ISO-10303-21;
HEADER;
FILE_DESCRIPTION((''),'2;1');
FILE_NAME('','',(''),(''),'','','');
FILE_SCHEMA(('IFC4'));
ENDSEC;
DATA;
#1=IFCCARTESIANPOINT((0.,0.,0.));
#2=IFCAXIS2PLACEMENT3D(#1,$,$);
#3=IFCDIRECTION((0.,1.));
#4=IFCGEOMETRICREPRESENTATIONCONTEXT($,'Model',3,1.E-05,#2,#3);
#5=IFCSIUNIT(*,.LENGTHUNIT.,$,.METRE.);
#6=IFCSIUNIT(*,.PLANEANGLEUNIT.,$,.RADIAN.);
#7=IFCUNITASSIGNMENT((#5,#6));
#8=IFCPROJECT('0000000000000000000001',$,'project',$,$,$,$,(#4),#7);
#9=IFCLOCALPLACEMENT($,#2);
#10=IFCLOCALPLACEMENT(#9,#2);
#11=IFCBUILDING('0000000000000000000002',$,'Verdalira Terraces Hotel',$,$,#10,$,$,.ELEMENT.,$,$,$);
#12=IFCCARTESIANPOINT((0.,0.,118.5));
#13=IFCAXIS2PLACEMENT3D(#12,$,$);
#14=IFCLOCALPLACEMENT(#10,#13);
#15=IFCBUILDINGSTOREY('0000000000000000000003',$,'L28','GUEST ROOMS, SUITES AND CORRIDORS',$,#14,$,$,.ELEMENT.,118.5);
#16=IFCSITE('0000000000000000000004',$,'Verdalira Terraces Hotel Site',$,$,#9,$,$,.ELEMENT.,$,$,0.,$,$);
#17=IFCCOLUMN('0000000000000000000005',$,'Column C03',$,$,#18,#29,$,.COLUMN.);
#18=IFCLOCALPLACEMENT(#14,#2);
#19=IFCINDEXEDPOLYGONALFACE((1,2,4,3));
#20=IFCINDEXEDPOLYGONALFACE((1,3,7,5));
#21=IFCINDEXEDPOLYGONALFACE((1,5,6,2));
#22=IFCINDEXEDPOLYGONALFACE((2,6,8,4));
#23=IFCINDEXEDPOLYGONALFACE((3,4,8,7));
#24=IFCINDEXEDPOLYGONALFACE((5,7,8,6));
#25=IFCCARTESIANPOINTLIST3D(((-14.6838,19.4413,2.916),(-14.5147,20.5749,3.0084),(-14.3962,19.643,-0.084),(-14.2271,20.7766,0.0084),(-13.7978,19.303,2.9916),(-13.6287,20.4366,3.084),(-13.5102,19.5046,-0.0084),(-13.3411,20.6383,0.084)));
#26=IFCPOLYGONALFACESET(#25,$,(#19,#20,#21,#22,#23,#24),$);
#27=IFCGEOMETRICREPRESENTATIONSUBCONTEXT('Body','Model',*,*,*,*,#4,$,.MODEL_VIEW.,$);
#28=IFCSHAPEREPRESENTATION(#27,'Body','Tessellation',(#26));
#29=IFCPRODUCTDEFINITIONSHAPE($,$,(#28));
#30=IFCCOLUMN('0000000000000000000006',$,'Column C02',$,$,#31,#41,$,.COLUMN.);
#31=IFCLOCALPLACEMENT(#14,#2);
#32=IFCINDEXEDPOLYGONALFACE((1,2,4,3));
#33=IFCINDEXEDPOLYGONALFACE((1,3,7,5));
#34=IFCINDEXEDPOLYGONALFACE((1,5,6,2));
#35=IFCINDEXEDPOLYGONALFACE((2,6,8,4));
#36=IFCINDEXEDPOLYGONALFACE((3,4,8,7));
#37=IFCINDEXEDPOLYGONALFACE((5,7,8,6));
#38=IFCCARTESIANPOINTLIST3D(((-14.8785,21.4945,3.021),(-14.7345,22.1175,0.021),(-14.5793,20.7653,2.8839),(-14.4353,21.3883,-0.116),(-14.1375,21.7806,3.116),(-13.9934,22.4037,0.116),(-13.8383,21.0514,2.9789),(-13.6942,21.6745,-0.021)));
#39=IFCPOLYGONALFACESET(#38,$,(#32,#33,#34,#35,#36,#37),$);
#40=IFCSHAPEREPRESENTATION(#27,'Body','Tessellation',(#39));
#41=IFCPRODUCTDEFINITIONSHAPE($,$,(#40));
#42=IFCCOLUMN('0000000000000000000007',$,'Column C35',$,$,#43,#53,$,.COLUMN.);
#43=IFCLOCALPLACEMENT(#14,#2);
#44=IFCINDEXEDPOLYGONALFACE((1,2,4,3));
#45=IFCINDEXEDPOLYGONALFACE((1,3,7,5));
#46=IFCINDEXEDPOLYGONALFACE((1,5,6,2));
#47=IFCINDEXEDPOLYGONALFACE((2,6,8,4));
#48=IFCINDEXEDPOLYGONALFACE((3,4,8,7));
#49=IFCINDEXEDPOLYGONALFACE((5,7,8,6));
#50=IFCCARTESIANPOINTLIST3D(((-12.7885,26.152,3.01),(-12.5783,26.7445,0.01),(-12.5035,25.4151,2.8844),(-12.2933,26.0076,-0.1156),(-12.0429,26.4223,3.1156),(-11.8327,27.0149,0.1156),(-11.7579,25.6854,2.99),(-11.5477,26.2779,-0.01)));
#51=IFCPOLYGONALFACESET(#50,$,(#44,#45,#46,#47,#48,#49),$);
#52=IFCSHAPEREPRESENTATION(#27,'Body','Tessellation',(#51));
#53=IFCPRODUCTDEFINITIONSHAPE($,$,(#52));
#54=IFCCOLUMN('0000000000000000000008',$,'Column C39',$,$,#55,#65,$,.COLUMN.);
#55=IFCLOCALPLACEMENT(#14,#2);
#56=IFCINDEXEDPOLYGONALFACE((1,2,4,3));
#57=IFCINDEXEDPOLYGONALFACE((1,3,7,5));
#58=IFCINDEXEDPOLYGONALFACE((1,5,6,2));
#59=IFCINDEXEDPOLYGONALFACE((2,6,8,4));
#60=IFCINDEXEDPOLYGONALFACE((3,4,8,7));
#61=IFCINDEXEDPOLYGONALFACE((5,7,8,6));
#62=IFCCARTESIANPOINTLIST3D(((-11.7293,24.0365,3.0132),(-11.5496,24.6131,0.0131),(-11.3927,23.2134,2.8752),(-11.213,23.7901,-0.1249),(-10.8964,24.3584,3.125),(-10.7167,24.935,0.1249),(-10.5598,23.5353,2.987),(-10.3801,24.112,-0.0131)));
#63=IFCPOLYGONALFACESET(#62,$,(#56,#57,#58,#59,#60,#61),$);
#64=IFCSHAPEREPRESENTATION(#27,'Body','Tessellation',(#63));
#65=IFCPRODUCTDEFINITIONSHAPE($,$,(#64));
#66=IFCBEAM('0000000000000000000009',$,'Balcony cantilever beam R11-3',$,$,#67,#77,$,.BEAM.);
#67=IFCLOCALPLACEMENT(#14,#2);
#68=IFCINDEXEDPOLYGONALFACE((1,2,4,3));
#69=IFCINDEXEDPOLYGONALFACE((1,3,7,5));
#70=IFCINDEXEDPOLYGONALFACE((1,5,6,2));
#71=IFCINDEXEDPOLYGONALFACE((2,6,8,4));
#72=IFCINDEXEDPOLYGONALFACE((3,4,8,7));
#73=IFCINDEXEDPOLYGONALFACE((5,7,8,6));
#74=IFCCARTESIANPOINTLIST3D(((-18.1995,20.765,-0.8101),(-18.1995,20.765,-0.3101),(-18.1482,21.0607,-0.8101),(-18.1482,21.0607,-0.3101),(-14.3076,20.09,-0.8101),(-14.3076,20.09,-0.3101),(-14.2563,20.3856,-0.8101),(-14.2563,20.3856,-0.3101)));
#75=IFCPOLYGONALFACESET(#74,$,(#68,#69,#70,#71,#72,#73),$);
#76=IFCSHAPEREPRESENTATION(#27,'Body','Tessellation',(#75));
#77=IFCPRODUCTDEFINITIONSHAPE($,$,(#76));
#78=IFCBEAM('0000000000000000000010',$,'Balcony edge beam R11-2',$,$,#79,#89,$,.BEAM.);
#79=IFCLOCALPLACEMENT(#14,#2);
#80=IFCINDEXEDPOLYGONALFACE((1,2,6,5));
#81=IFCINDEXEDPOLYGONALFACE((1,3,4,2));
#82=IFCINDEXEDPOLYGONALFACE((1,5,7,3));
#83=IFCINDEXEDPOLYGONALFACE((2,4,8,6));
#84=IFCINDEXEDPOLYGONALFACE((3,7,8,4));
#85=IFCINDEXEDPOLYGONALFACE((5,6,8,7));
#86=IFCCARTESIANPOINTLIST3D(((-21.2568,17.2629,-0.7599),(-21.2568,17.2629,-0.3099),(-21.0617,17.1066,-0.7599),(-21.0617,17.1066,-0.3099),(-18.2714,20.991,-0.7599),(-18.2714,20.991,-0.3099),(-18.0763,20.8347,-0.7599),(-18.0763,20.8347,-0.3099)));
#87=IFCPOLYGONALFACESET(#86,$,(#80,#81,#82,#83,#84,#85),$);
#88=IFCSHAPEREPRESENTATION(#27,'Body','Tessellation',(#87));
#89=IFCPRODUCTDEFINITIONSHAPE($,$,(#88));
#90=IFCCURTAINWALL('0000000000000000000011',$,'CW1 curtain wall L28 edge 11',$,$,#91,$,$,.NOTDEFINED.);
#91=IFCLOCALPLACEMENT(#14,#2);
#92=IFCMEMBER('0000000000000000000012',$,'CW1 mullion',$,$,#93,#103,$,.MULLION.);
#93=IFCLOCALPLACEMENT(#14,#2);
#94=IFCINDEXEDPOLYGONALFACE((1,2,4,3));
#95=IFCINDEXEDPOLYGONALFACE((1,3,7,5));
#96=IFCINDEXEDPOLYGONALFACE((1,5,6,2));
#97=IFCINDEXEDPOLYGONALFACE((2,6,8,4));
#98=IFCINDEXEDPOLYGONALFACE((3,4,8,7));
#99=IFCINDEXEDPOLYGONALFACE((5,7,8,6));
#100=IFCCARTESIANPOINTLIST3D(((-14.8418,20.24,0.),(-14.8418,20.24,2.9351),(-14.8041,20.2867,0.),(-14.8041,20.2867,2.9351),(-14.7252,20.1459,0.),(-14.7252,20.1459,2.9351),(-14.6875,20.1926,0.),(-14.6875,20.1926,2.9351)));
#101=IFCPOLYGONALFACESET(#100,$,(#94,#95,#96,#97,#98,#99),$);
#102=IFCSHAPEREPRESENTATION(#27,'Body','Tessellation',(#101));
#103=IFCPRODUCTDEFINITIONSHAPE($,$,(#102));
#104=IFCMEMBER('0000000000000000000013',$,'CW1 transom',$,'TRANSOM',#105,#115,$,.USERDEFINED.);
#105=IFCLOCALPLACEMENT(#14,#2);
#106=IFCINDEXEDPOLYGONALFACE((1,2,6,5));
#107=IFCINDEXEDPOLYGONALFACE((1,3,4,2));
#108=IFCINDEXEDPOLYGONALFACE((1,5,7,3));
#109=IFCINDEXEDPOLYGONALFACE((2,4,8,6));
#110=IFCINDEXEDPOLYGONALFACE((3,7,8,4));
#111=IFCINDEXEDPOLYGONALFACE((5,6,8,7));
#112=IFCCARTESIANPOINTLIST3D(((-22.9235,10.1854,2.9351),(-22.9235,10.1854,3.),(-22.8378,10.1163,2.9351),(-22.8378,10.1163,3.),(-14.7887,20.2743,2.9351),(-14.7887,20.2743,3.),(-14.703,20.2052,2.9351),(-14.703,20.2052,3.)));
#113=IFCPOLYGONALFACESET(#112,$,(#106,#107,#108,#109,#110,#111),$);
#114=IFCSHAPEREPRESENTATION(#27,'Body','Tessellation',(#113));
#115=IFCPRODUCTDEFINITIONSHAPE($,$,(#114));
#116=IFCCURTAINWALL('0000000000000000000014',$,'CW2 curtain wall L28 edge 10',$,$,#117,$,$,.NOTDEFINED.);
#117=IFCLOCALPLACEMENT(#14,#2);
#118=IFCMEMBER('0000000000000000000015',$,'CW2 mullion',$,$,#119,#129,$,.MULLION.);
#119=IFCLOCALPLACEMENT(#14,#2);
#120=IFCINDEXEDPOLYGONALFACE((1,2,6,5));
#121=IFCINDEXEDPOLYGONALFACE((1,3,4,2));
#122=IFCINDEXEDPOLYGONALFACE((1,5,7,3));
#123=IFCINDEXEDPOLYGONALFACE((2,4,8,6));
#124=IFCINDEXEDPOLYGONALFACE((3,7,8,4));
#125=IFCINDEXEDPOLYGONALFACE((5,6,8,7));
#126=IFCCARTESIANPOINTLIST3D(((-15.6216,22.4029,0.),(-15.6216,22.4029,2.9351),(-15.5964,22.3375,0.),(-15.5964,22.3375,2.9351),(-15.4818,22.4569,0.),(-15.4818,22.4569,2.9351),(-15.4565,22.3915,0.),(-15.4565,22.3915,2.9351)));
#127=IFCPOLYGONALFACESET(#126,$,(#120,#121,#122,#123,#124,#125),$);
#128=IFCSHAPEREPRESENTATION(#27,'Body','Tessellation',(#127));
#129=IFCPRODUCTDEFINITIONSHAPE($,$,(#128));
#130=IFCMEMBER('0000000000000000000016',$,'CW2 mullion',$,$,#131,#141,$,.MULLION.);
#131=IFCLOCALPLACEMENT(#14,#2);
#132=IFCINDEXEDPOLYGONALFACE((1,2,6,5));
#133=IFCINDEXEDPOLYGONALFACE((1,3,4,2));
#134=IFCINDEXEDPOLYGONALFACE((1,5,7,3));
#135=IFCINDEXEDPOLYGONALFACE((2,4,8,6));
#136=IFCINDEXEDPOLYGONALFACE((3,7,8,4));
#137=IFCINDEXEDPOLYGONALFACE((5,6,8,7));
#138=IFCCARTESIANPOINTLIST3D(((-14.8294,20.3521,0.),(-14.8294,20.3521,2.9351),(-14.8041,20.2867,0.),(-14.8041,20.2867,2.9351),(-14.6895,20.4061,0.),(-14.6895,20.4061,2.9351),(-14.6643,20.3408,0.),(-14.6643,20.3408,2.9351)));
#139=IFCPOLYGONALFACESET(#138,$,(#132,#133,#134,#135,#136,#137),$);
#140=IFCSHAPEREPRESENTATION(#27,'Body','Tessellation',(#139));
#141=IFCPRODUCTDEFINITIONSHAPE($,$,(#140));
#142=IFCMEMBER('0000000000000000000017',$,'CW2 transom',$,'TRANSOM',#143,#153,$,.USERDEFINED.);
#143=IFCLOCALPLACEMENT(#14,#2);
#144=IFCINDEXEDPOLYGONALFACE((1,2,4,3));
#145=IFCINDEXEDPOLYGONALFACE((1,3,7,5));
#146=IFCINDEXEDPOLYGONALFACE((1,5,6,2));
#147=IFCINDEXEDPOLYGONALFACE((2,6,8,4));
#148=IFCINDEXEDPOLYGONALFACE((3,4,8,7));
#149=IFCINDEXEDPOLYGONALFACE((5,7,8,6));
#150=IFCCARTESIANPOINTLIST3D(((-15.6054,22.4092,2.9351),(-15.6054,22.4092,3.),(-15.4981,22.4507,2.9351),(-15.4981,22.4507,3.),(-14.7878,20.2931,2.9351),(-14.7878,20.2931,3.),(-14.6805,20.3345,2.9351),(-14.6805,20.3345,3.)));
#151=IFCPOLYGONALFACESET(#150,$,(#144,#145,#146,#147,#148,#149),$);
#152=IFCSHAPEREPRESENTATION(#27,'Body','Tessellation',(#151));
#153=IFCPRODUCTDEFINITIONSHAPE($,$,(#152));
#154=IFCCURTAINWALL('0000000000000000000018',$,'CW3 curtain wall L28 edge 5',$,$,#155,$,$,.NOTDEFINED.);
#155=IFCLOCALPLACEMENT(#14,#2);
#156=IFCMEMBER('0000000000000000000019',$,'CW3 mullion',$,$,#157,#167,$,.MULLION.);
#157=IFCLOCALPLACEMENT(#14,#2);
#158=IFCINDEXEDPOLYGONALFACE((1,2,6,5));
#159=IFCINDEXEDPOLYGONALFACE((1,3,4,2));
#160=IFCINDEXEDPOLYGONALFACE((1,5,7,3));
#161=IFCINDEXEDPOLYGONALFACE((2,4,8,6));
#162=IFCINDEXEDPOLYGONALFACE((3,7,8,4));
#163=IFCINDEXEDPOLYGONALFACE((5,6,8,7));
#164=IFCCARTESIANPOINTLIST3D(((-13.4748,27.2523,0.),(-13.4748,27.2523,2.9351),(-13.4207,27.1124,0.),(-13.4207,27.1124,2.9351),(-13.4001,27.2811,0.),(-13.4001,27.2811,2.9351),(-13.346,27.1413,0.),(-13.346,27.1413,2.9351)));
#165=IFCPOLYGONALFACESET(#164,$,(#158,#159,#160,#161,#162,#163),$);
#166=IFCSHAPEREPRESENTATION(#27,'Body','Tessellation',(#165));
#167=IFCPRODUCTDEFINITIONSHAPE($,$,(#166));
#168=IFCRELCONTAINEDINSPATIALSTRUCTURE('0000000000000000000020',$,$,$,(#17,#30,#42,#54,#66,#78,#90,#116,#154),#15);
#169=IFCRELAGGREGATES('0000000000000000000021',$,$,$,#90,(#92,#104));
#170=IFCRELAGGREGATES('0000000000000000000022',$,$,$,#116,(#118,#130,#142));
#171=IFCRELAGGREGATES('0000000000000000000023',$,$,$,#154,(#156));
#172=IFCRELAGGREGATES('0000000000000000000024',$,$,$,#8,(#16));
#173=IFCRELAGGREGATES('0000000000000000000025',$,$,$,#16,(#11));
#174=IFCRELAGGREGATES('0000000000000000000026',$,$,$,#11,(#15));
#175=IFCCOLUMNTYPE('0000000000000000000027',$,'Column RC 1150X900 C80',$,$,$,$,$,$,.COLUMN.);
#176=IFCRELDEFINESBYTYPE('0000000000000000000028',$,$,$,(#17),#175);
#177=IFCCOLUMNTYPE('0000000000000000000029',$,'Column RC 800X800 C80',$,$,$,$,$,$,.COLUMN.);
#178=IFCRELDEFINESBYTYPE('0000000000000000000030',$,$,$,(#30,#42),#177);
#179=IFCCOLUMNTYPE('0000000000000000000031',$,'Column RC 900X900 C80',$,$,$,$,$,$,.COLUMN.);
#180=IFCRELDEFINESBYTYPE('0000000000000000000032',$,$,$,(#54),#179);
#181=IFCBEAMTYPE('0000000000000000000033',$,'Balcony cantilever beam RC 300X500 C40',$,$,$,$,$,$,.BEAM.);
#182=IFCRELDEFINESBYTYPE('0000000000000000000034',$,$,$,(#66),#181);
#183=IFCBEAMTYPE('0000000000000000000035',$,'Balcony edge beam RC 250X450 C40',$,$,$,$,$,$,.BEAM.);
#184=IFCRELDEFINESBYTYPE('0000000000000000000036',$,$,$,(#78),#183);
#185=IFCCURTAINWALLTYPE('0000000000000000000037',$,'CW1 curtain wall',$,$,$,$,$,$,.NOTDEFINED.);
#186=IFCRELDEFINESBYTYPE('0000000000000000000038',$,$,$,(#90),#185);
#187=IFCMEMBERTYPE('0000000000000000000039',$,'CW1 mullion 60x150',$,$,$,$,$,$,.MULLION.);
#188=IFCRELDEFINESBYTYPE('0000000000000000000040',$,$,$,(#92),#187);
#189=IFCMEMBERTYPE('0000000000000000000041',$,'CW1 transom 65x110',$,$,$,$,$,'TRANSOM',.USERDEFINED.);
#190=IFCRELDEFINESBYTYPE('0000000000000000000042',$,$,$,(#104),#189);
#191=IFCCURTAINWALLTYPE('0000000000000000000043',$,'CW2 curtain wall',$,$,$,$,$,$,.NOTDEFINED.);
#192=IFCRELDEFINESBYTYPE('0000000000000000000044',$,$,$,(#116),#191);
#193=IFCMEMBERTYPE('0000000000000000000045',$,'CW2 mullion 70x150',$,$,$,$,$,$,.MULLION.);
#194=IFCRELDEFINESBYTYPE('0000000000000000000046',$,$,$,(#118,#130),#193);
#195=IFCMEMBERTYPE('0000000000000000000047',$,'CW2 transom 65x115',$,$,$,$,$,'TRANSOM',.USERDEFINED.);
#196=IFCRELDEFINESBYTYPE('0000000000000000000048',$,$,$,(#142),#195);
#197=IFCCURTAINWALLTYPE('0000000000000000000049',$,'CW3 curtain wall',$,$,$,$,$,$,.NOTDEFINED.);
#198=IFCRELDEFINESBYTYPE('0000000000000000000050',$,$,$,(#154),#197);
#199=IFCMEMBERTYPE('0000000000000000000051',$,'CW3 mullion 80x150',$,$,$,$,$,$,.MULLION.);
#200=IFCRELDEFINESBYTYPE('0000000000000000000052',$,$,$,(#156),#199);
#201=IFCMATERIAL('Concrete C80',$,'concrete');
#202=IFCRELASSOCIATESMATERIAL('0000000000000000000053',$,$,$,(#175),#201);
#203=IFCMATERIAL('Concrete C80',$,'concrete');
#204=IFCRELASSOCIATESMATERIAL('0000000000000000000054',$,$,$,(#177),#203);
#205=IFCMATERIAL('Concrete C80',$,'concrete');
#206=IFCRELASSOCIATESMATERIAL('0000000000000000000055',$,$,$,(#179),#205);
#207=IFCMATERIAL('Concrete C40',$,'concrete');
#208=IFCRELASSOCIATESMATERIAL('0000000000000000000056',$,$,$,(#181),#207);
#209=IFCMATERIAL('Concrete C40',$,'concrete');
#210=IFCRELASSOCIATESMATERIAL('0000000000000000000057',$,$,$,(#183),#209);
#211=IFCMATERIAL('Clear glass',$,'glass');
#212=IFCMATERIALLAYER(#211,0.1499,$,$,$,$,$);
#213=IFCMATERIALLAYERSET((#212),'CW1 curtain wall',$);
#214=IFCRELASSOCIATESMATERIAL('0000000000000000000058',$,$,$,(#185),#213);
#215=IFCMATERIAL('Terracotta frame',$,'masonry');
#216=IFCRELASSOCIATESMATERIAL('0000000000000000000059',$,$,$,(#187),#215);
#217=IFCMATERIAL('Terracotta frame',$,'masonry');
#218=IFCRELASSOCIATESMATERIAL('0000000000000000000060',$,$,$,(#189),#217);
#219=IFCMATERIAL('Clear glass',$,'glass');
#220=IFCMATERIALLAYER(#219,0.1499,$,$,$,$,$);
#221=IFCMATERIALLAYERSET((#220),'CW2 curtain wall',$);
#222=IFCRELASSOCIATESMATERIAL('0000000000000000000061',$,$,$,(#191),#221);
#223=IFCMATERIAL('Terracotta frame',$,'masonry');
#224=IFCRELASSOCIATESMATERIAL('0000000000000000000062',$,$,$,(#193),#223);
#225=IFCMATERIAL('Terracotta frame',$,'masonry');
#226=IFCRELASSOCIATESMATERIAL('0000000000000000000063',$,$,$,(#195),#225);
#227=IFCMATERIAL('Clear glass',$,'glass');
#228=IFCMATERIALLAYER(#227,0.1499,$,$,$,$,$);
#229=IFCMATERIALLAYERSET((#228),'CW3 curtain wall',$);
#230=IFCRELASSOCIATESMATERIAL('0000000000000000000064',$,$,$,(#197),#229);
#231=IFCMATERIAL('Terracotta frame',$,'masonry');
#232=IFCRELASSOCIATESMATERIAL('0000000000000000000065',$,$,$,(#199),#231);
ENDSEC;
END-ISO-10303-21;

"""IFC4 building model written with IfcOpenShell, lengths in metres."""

from ifc_helpers import new_model, si_unit, direction, frame, origin, origin_2d, place, context, subcontext, project, spatial, rectangle, extrude, material, layer, layer_set, material_profile, profile_set, type_object, element, aggregate, save


model = new_model("IFC4")

# Units and contexts
model_context = context("Model", 3, precision=1e-05, world=origin(), true_north=direction((0.0, 1.0)))
body_context = subcontext(model_context, "Body", "Model", "MODEL_VIEW")
ifc_project = project(units=[si_unit("LENGTHUNIT", "METRE"), si_unit("PLANEANGLEUNIT", "RADIAN")], contexts=[model_context])

# Site, building, storey
site_placement = place(None, origin())
site = spatial("IfcSite", under=ifc_project, at=site_placement, Name="Verdalira Terraces Hotel Site", CompositionType="ELEMENT", RefElevation=0.0)
building_placement = place(site_placement, origin())
building = spatial("IfcBuilding", under=site, at=building_placement, Name="Verdalira Terraces Hotel", CompositionType="ELEMENT")
storey_placement = place(building_placement, frame((0.0, 0.0, 118.5)))
storey = spatial("IfcBuildingStorey", under=building, at=storey_placement, Name="L28", Description="GUEST ROOMS, SUITES AND CORRIDORS", CompositionType="ELEMENT", Elevation=118.5)

# Columns
ifc_material_1 = material(Name="Concrete C80", Category="concrete")
ifc_material_profile_1 = material_profile(ifc_material_1, rectangle(XDim=1.1499, YDim=0.8999, at=origin_2d()), Name="RC 1150X900")
ifc_profile_set_1 = profile_set([ifc_material_profile_1], Name="Concrete C80")
column_type_1 = type_object("IfcColumnType", Name="Column RC 1150X900 C80", PredefinedType="COLUMN", material=ifc_profile_set_1)
column_1_placement = place(storey_placement, frame((-13.8687, 20.1406, 0.0), z_axis=(-0.095215, -0.066764, 0.993215), x_axis=(0.147053, 0.985858, 0.080367)))
element("IfcColumn", 1, at=column_1_placement, inside=storey, type_object=column_type_1, Name="Column C03", PredefinedType="COLUMN", context=body_context, shape_type="SweptSolid", body=[
    extrude(rectangle(XDim=1.1499, YDim=0.8999, at=origin_2d()), origin(), (0.0, 0.0, 1.0), 3.0205),
])
ifc_material_2 = material(Name="Concrete C80", Category="concrete")
ifc_material_profile_2 = material_profile(ifc_material_2, rectangle(XDim=0.8, YDim=0.8, at=origin_2d()), Name="RC 800X800")
ifc_profile_set_2 = profile_set([ifc_material_profile_2], Name="Concrete C80")
column_type_2 = type_object("IfcColumnType", Name="Column RC 800X800 C80", PredefinedType="COLUMN", material=ifc_profile_set_2)
column_2_placement = place(storey_placement, frame((-14.2144, 21.896, 0.0), z_axis=(-0.046959, -0.203119, 0.978027), x_axis=(0.373935, -0.91149, -0.171346)))
element("IfcColumn", 2, at=column_2_placement, inside=storey, type_object=column_type_2, Name="Column C02", PredefinedType="COLUMN", context=body_context, shape_type="SweptSolid", body=[
    extrude(rectangle(XDim=0.8, YDim=0.8, at=origin_2d()), origin(), (0.0, 0.0, 1.0), 3.0674),
])
column_3_placement = place(storey_placement, frame((-12.063, 26.5112, 0.0), z_axis=(-0.068579, -0.19331, 0.978738), x_axis=(-0.931881, -0.337884, -0.132031)))
element("IfcColumn", 3, at=column_3_placement, inside=storey, type_object=column_type_2, Name="Column C35", PredefinedType="COLUMN", context=body_context, shape_type="SweptSolid", body=[
    extrude(rectangle(XDim=0.8, YDim=0.8, at=origin_2d()), origin(), (0.0, 0.0, 1.0), 3.0652),
])
ifc_material_3 = material(Name="Concrete C80", Category="concrete")
ifc_material_profile_3 = material_profile(ifc_material_3, rectangle(XDim=0.8999, YDim=0.8999, at=origin_2d()), Name="RC 900X900")
ifc_profile_set_3 = profile_set([ifc_material_profile_3], Name="Concrete C80")
column_type_3 = type_object("IfcColumnType", Name="Column RC 900X900 C80", PredefinedType="COLUMN", material=ifc_profile_set_3)
column_4_placement = place(storey_placement, frame((-10.9648, 24.3625, 0.0), z_axis=(-0.058718, -0.188439, 0.980328), x_axis=(-0.374056, 0.91463, 0.153406)))
element("IfcColumn", 4, at=column_4_placement, inside=storey, type_object=column_type_3, Name="Column C39", PredefinedType="COLUMN", context=body_context, shape_type="SweptSolid", body=[
    extrude(rectangle(XDim=0.8999, YDim=0.8999, at=origin_2d()), origin(), (0.0, 0.0, 1.0), 3.0603),
])

# Beams
ifc_material_4 = material(Name="Concrete C40", Category="concrete")
ifc_material_profile_4 = material_profile(ifc_material_4, rectangle(XDim=0.3, YDim=0.5, at=origin_2d()), Name="RC 300X500")
ifc_profile_set_4 = profile_set([ifc_material_profile_4], Name="Concrete C40")
beam_type_1 = type_object("IfcBeamType", Name="Balcony cantilever beam RC 300X500 C40", PredefinedType="BEAM", material=ifc_profile_set_4)
beam_1_placement = place(storey_placement, frame((-14.282, 20.2378, -0.5601), z_axis=(-0.985288, 0.1709, 0.0), x_axis=(-0.1709, -0.985288, 0.0)))
element("IfcBeam", 5, at=beam_1_placement, inside=storey, type_object=beam_type_1, Name="Balcony cantilever beam R11-3", PredefinedType="BEAM", context=body_context, shape_type="SweptSolid", body=[
    extrude(rectangle(XDim=0.3, YDim=0.5, at=origin_2d()), origin(), (0.0, 0.0, 1.0), 3.95),
])
ifc_material_5 = material(Name="Concrete C40", Category="concrete")
ifc_material_profile_5 = material_profile(ifc_material_5, rectangle(XDim=0.25, YDim=0.45, at=origin_2d()), Name="RC 250X450")
ifc_profile_set_5 = profile_set([ifc_material_profile_5], Name="Concrete C40")
beam_type_2 = type_object("IfcBeamType", Name="Balcony edge beam RC 250X450 C40", PredefinedType="BEAM", material=ifc_profile_set_5)
beam_2_placement = place(storey_placement, frame((-18.1738, 20.9128, -0.5349), z_axis=(-0.625069, -0.780569, 0.0), x_axis=(0.780569, -0.625069, 0.0)))
element("IfcBeam", 6, at=beam_2_placement, inside=storey, type_object=beam_type_2, Name="Balcony edge beam R11-2", PredefinedType="BEAM", context=body_context, shape_type="SweptSolid", body=[
    extrude(rectangle(XDim=0.25, YDim=0.45, at=origin_2d()), origin(), (0.0, 0.0, 1.0), 4.7761),
])

# Curtain walls, members
ifc_material_6 = material(Name="Clear glass", Category="glass")
ifc_layer_1 = layer(ifc_material_6, 0.1499)
ifc_layer_set_1 = layer_set([ifc_layer_1], Name="CW1 curtain wall")
curtain_wall_type_1 = type_object("IfcCurtainWallType", Name="CW1 curtain wall", PredefinedType="NOTDEFINED", material=ifc_layer_set_1)
curtain_wall_1_placement = place(storey_placement, origin())
curtain_wall_1 = element("IfcCurtainWall", 7, at=curtain_wall_1_placement, inside=storey, type_object=curtain_wall_type_1, Name="CW1 curtain wall L28 edge 11", PredefinedType="NOTDEFINED")
ifc_material_7 = material(Name="Terracotta frame", Category="masonry")
ifc_material_profile_6 = material_profile(ifc_material_7, rectangle(XDim=0.0601, YDim=0.1499, at=origin_2d()), Name="MU 60x150")
ifc_profile_set_6 = profile_set([ifc_material_profile_6], Name="Terracotta frame")
member_type_1 = type_object("IfcMemberType", Name="CW1 mullion 60x150", PredefinedType="MULLION", material=ifc_profile_set_6)
member_1_placement = place(storey_placement, frame((-14.7646, 20.2163, 0.0), z_axis=(0.0, 0.0, 1.0), x_axis=(-0.627691, -0.778462, 0.0)))
member_1 = element("IfcMember", 8, at=member_1_placement, type_object=member_type_1, Name="CW1 mullion", PredefinedType="MULLION", context=body_context, shape_type="SweptSolid", body=[
    extrude(rectangle(XDim=0.0601, YDim=0.1499, at=origin_2d()), origin(), (0.0, 0.0, 1.0), 2.9351),
])
ifc_material_8 = material(Name="Terracotta frame", Category="masonry")
ifc_material_profile_7 = material_profile(ifc_material_8, rectangle(XDim=0.1101, YDim=0.0649, at=origin_2d()), Name="TR 65x110")
ifc_profile_set_7 = profile_set([ifc_material_profile_7], Name="Terracotta frame")
member_type_2 = type_object("IfcMemberType", Name="CW1 transom 65x110", ElementType="TRANSOM", PredefinedType="USERDEFINED", material=ifc_profile_set_7)
member_2_placement = place(storey_placement, frame((-14.7459, 20.2397, 2.9675), z_axis=(-0.627686, -0.778466, 0.0), x_axis=(0.778466, -0.627686, 0.0)))
member_2 = element("IfcMember", 9, at=member_2_placement, type_object=member_type_2, Name="CW1 transom", ObjectType="TRANSOM", PredefinedType="USERDEFINED", context=body_context, shape_type="SweptSolid", body=[
    extrude(rectangle(XDim=0.1101, YDim=0.0649, at=origin_2d()), origin(), (0.0, 0.0, 1.0), 12.96),
])
aggregate(curtain_wall_1, [member_1, member_2])
ifc_material_9 = material(Name="Clear glass", Category="glass")
ifc_layer_2 = layer(ifc_material_9, 0.1499)
ifc_layer_set_2 = layer_set([ifc_layer_2], Name="CW2 curtain wall")
curtain_wall_type_2 = type_object("IfcCurtainWallType", Name="CW2 curtain wall", PredefinedType="NOTDEFINED", material=ifc_layer_set_2)
curtain_wall_2_placement = place(storey_placement, origin())
curtain_wall_2 = element("IfcCurtainWall", 10, at=curtain_wall_2_placement, inside=storey, type_object=curtain_wall_type_2, Name="CW2 curtain wall L28 edge 10", PredefinedType="NOTDEFINED")
ifc_material_10 = material(Name="Terracotta frame", Category="masonry")
ifc_material_profile_8 = material_profile(ifc_material_10, rectangle(XDim=0.0701, YDim=0.1499, at=origin_2d()), Name="MU 70x150")
ifc_profile_set_8 = profile_set([ifc_material_profile_8], Name="Terracotta frame")
member_type_3 = type_object("IfcMemberType", Name="CW2 mullion 70x150", PredefinedType="MULLION", material=ifc_profile_set_8)
member_3_placement = place(storey_placement, frame((-15.5391, 22.3972, 0.0), z_axis=(0.0, 0.0, 1.0), x_axis=(0.360322, -0.932828, 0.0)))
member_3 = element("IfcMember", 11, at=member_3_placement, type_object=member_type_3, Name="CW2 mullion", PredefinedType="MULLION", context=body_context, shape_type="SweptSolid", body=[
    extrude(rectangle(XDim=0.0701, YDim=0.1499, at=origin_2d()), origin(), (0.0, 0.0, 1.0), 2.9351),
])
member_4_placement = place(storey_placement, frame((-14.7468, 20.3464, 0.0), z_axis=(0.0, 0.0, 1.0), x_axis=(0.360322, -0.932828, 0.0)))
member_4 = element("IfcMember", 12, at=member_4_placement, type_object=member_type_3, Name="CW2 mullion", PredefinedType="MULLION", context=body_context, shape_type="SweptSolid", body=[
    extrude(rectangle(XDim=0.0701, YDim=0.1499, at=origin_2d()), origin(), (0.0, 0.0, 1.0), 2.9351),
])
ifc_material_11 = material(Name="Terracotta frame", Category="masonry")
ifc_material_profile_9 = material_profile(ifc_material_11, rectangle(XDim=0.115, YDim=0.0649, at=origin_2d()), Name="TR 65x115")
ifc_profile_set_9 = profile_set([ifc_material_profile_9], Name="Terracotta frame")
member_type_4 = type_object("IfcMemberType", Name="CW2 transom 65x115", ElementType="TRANSOM", PredefinedType="USERDEFINED", material=ifc_profile_set_9)
member_5_placement = place(storey_placement, frame((-15.5518, 22.4299, 2.9675), z_axis=(0.360399, -0.932798, 0.0), x_axis=(0.932798, 0.360399, 0.0)))
member_5 = element("IfcMember", 13, at=member_5_placement, type_object=member_type_4, Name="CW2 transom", ObjectType="TRANSOM", PredefinedType="USERDEFINED", context=body_context, shape_type="SweptSolid", body=[
    extrude(rectangle(XDim=0.115, YDim=0.0649, at=origin_2d()), origin(), (0.0, 0.0, 1.0), 2.2686),
])

# Curtain wall, member
ifc_material_12 = material(Name="Clear glass", Category="glass")
ifc_layer_3 = layer(ifc_material_12, 0.1499)
ifc_layer_set_3 = layer_set([ifc_layer_3], Name="CW3 curtain wall")
curtain_wall_type_3 = type_object("IfcCurtainWallType", Name="CW3 curtain wall", PredefinedType="NOTDEFINED", material=ifc_layer_set_3)
curtain_wall_3_placement = place(storey_placement, origin())
curtain_wall_3 = element("IfcCurtainWall", 14, at=curtain_wall_3_placement, inside=storey, type_object=curtain_wall_type_3, Name="CW3 curtain wall L28 edge 5", PredefinedType="NOTDEFINED")
ifc_material_13 = material(Name="Terracotta frame", Category="masonry")
ifc_material_profile_10 = material_profile(ifc_material_13, rectangle(XDim=0.0801, YDim=0.1499, at=origin_2d()), Name="MU 80x150")
ifc_profile_set_10 = profile_set([ifc_material_profile_10], Name="Terracotta frame")
member_type_5 = type_object("IfcMemberType", Name="CW3 mullion 80x150", PredefinedType="MULLION", material=ifc_profile_set_10)
member_6_placement = place(storey_placement, frame((-13.4104, 27.1968, 0.0), z_axis=(0.0, 0.0, 1.0), x_axis=(-0.932828, -0.360322, 0.0)))
member_6 = element("IfcMember", 15, at=member_6_placement, type_object=member_type_5, Name="CW3 mullion", PredefinedType="MULLION", context=body_context, shape_type="SweptSolid", body=[
    extrude(rectangle(XDim=0.0801, YDim=0.1499, at=origin_2d()), origin(), (0.0, 0.0, 1.0), 2.9351),
])

aggregate(curtain_wall_2, [member_3, member_4, member_5])
aggregate(curtain_wall_3, [member_6])

save(model, "model.ifc")
